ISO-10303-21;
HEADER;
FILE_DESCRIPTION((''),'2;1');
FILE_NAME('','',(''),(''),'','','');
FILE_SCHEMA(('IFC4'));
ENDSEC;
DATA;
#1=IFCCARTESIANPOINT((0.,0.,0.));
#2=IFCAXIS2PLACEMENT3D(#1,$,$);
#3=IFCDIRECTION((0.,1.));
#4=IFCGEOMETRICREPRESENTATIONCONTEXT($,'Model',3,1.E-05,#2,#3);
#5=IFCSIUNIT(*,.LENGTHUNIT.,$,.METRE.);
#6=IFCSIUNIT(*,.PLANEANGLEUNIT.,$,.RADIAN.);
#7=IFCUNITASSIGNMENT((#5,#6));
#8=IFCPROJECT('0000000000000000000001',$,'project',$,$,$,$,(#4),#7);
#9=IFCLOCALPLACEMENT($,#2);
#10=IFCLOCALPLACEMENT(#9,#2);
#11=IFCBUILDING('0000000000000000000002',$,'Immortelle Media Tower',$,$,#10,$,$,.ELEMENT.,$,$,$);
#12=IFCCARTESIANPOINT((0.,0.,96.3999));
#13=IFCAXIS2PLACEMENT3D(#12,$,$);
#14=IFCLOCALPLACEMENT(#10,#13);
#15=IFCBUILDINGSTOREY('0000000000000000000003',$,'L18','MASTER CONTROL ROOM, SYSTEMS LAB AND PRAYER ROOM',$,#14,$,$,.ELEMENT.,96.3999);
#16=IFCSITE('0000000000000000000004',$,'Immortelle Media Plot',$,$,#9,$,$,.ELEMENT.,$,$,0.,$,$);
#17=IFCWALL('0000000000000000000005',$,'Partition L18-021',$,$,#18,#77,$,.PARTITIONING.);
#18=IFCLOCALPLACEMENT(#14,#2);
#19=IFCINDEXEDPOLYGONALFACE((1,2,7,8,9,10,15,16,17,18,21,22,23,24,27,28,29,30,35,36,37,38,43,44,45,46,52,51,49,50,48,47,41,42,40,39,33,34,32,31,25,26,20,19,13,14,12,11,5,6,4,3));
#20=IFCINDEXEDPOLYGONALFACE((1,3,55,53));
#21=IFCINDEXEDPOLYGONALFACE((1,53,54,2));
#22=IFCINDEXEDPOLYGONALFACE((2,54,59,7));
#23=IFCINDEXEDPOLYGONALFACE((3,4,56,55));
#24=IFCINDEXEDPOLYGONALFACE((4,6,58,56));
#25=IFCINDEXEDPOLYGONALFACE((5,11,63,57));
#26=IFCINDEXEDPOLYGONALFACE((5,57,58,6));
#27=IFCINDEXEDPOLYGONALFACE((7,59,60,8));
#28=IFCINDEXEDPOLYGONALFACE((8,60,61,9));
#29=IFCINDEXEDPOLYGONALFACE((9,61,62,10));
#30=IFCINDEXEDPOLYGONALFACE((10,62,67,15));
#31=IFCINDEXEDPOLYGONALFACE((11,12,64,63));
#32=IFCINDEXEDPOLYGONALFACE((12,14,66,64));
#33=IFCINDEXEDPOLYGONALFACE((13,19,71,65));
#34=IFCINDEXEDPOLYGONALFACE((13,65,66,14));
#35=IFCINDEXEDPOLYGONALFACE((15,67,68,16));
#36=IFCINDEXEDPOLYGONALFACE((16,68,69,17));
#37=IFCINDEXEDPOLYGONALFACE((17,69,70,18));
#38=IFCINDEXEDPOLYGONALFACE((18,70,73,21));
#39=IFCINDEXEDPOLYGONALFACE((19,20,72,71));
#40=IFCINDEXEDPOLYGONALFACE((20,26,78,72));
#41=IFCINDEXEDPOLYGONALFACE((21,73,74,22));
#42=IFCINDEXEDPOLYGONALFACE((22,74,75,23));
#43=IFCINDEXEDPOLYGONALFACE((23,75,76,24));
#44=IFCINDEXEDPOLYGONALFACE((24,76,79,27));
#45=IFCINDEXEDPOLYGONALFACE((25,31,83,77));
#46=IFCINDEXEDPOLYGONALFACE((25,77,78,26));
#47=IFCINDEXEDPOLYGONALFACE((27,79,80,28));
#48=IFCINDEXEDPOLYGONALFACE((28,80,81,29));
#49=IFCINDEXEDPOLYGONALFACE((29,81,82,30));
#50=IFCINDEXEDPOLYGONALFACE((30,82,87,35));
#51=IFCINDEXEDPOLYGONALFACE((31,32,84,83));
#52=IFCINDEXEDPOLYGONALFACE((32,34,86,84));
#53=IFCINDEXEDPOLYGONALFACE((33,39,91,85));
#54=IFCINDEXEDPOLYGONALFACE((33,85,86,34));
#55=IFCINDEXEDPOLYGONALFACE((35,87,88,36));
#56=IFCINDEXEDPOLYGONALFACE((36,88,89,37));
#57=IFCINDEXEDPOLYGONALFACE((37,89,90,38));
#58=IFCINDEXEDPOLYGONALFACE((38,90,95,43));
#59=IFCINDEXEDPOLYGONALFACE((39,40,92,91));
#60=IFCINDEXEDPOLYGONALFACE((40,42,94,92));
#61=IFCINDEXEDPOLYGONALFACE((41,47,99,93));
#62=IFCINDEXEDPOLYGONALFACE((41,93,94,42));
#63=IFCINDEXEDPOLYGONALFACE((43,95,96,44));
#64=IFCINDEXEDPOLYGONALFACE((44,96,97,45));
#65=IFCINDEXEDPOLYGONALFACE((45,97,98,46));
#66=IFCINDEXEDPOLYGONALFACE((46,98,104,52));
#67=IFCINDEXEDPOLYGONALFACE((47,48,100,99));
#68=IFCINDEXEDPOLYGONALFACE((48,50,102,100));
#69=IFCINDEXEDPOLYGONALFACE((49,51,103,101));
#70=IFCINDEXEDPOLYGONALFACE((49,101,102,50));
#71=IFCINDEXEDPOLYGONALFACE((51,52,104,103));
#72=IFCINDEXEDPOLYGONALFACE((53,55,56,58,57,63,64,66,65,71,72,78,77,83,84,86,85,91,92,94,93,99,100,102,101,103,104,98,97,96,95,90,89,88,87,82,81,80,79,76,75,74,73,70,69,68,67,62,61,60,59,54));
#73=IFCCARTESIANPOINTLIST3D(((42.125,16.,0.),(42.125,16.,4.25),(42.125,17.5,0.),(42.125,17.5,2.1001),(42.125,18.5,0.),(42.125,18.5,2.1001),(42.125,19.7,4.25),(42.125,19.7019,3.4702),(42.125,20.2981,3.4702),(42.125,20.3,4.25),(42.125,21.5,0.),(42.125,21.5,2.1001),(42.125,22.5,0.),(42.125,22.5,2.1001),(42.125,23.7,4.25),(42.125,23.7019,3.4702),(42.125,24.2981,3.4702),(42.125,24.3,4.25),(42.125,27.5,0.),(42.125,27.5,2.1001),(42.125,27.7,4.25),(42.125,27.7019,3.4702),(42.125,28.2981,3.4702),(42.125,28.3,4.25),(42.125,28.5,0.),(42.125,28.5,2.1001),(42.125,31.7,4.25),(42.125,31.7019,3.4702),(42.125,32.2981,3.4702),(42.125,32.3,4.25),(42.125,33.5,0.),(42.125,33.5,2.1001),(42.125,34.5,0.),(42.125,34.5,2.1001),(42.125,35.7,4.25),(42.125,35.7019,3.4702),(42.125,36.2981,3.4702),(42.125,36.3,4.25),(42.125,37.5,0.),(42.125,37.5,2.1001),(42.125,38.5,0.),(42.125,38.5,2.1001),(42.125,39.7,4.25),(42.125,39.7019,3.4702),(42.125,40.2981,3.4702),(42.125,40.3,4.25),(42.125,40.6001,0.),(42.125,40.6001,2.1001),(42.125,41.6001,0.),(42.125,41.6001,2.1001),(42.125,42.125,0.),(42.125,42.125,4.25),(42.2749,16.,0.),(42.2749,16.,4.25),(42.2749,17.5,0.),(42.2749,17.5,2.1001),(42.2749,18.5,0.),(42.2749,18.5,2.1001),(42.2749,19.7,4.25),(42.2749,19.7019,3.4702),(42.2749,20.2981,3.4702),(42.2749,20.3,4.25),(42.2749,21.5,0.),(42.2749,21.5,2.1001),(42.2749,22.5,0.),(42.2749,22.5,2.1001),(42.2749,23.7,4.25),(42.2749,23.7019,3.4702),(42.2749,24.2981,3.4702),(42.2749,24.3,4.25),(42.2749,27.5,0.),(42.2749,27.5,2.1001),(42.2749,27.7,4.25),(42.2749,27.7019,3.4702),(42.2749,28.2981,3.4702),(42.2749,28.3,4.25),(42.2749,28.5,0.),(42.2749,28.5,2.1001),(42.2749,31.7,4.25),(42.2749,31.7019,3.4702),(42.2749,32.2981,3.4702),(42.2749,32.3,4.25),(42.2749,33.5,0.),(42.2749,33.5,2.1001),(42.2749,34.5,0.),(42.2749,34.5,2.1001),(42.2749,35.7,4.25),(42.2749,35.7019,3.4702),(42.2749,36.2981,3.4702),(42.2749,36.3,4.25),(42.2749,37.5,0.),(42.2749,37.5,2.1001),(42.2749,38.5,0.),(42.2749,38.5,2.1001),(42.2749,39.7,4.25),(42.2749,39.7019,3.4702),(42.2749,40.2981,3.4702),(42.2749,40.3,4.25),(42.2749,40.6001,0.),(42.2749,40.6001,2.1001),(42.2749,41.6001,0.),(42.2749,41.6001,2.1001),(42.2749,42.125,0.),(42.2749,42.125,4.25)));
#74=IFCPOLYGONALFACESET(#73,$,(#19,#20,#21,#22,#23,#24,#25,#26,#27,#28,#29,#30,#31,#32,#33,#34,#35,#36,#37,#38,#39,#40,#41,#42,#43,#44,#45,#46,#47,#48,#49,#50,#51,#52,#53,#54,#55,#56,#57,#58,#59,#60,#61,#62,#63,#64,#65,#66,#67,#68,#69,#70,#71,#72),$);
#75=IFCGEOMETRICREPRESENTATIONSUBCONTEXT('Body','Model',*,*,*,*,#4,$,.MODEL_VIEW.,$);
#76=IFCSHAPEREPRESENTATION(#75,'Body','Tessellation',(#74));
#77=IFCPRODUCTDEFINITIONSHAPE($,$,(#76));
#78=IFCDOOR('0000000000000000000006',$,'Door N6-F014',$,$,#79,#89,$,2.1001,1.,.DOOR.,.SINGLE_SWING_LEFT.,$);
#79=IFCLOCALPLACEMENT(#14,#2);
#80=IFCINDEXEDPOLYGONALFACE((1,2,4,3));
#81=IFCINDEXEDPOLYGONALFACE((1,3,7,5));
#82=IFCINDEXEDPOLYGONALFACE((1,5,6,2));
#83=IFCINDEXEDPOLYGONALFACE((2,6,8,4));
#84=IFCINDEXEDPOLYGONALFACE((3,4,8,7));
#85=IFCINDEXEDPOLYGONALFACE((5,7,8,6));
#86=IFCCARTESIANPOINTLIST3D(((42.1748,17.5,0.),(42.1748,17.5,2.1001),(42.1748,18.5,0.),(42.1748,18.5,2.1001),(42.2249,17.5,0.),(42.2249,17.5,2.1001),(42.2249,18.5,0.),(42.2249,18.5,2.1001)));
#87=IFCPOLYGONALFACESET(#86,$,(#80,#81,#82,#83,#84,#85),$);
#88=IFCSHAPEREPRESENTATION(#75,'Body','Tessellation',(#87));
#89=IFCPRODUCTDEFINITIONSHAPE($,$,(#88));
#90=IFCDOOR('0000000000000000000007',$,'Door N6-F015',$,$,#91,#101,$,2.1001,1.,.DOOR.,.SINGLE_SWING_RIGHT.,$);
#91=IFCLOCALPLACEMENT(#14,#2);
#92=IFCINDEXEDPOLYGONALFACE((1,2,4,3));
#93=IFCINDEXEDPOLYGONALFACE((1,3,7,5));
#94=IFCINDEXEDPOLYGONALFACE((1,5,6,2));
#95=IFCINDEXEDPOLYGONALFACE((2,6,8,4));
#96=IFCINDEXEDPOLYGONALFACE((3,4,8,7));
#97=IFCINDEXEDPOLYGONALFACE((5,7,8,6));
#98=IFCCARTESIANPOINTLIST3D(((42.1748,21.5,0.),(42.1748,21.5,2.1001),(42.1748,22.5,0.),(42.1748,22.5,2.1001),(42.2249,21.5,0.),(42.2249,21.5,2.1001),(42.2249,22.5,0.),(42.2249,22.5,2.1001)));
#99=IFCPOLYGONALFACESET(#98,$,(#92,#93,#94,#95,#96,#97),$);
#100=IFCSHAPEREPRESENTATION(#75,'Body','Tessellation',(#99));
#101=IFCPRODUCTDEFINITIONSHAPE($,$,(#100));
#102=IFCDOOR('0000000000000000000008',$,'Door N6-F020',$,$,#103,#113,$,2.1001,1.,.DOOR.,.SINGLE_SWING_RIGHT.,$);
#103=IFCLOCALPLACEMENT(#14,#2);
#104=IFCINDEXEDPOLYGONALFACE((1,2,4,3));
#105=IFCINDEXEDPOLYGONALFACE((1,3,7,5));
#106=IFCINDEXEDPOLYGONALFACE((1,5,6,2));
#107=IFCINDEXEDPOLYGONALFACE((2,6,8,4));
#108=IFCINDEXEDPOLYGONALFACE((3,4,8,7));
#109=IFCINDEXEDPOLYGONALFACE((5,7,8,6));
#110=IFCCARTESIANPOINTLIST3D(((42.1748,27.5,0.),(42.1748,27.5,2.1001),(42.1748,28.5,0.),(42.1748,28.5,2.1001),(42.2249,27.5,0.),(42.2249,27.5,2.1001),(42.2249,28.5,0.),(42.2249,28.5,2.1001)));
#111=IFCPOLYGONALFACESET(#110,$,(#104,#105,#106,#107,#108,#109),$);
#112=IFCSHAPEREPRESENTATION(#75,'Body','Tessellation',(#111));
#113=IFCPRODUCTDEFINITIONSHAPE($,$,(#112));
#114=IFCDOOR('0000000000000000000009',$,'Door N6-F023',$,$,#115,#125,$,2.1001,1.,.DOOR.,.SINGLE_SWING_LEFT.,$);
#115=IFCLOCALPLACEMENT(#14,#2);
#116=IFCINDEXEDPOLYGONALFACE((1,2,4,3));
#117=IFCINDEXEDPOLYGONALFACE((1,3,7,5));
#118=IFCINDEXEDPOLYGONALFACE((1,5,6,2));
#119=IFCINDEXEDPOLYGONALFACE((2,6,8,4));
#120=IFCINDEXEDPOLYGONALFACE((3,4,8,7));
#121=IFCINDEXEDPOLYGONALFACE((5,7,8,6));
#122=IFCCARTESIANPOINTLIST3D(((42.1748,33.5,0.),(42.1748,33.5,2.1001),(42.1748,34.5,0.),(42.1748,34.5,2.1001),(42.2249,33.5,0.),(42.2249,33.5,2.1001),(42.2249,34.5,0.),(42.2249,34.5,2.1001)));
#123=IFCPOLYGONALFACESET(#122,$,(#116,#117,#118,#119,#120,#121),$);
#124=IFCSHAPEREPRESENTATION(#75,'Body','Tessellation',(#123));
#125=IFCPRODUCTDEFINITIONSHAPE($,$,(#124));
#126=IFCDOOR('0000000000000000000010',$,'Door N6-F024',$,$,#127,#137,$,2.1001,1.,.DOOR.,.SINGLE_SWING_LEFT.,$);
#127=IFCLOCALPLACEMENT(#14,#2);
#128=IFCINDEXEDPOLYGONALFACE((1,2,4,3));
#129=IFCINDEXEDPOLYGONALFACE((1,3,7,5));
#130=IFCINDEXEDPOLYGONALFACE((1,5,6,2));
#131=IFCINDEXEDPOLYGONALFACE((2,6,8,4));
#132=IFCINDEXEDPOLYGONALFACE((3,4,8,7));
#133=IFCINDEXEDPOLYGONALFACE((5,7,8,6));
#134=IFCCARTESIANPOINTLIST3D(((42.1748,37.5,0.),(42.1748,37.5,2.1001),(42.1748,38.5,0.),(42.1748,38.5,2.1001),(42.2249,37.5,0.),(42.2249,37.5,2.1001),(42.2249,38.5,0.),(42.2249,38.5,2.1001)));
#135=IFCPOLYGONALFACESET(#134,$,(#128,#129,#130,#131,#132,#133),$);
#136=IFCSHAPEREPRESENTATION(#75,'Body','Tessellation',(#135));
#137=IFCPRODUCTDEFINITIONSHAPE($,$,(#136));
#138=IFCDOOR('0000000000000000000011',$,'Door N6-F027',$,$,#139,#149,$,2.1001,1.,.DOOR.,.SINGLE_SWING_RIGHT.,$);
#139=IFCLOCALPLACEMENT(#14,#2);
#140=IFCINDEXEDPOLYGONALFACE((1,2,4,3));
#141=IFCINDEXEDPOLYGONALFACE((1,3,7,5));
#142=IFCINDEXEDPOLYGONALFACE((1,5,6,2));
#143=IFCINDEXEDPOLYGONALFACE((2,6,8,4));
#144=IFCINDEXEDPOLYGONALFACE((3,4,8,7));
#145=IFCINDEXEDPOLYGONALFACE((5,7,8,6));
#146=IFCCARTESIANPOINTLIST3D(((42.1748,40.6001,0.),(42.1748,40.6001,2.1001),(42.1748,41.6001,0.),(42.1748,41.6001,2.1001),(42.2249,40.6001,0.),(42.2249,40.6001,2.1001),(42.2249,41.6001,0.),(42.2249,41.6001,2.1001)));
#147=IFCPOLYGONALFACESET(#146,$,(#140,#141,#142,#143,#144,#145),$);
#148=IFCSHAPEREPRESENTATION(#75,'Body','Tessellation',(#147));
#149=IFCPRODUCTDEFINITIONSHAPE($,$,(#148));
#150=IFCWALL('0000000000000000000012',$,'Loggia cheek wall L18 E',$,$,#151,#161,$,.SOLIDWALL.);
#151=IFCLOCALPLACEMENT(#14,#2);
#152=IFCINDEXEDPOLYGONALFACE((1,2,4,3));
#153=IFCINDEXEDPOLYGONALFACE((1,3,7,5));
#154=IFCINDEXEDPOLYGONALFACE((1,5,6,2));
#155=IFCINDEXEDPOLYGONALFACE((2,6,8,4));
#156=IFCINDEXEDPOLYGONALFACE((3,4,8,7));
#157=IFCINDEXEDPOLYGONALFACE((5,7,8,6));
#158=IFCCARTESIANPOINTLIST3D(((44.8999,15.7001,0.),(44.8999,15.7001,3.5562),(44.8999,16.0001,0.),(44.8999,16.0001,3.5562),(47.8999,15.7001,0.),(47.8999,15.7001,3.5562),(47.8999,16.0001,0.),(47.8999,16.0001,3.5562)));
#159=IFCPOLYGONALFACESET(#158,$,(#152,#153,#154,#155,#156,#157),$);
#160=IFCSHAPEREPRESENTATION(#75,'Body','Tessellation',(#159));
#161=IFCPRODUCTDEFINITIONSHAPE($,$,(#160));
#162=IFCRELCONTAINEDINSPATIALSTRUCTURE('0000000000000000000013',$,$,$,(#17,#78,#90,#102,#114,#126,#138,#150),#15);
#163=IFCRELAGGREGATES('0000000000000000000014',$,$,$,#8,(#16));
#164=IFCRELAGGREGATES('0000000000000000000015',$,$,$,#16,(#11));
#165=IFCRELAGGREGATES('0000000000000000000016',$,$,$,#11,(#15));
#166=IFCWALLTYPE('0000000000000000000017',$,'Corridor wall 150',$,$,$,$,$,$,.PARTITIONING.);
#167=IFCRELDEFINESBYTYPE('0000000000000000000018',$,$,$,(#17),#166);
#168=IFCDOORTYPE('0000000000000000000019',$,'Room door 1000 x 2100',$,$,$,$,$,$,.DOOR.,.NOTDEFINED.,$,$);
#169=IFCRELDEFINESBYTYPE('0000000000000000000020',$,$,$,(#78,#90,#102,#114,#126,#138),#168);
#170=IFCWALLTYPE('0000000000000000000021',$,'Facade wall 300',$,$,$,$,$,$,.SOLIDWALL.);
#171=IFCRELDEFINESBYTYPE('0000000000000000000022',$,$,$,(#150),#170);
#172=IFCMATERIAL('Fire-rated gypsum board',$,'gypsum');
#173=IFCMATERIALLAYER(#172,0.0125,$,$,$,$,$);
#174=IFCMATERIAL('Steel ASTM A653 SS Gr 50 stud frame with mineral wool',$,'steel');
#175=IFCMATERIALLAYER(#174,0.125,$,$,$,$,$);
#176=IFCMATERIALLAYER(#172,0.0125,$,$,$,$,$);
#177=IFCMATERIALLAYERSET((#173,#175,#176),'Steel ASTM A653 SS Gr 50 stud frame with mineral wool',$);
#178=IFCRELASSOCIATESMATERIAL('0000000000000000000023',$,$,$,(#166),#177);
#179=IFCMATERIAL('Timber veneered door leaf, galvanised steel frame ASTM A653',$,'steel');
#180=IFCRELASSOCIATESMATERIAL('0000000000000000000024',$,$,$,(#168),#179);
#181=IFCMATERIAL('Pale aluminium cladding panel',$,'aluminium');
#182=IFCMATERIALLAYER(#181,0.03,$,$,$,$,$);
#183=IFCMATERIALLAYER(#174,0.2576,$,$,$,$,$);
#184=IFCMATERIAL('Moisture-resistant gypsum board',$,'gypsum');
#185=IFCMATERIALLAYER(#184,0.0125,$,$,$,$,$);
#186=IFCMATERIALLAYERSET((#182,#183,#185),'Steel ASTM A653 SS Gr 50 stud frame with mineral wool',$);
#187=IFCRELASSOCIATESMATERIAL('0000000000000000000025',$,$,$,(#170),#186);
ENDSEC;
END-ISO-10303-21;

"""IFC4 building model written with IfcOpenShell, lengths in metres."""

from ifc_helpers import new_model, si_unit, direction, frame, frame_2d, origin, place, context, subcontext, project, spatial, polyline, rectangle, outline, extrude, material, layer, layer_set, type_object, element, fill, save


model = new_model("IFC4")

# Units and contexts
model_context = context("Model", 3, precision=1e-05, world=origin(), true_north=direction((0.0, 1.0)))
body_context = subcontext(model_context, "Body", "Model", "MODEL_VIEW")
ifc_project = project(units=[si_unit("LENGTHUNIT", "METRE"), si_unit("PLANEANGLEUNIT", "RADIAN")], contexts=[model_context])

# Site, building, storey
site_placement = place(None, origin())
site = spatial("IfcSite", under=ifc_project, at=site_placement, Name="Immortelle Media Plot", CompositionType="ELEMENT", RefElevation=0.0)
building_placement = place(site_placement, origin())
building = spatial("IfcBuilding", under=site, at=building_placement, Name="Immortelle Media Tower", CompositionType="ELEMENT")
storey_placement = place(building_placement, frame((0.0, 0.0, 96.3999)))
storey = spatial("IfcBuildingStorey", under=building, at=storey_placement, Name="L18", Description="MASTER CONTROL ROOM, SYSTEMS LAB AND PRAYER ROOM", CompositionType="ELEMENT", Elevation=96.3999)

# Wall, openings, doors
ifc_material_1 = material(Name="Fire-rated gypsum board", Category="gypsum")
ifc_layer_1 = layer(ifc_material_1, 0.0125)
ifc_material_2 = material(Name="Steel ASTM A653 SS Gr 50 stud frame with mineral wool", Category="steel")
ifc_layer_2 = layer(ifc_material_2, 0.125)
ifc_layer_3 = layer(ifc_material_1, 0.0125)
ifc_layer_set_1 = layer_set([ifc_layer_1, ifc_layer_2, ifc_layer_3], Name="Steel ASTM A653 SS Gr 50 stud frame with mineral wool")
wall_type_1 = type_object("IfcWallType", Name="Corridor wall 150", PredefinedType="PARTITIONING", material=ifc_layer_set_1)
wall_1_placement = place(storey_placement, frame((42.2, 16.0, 0.0), z_axis=(0.0, 0.0, 1.0), x_axis=(0.0, 1.0, 0.0)))
wall_1 = element("IfcWall", 1, at=wall_1_placement, inside=storey, type_object=wall_type_1, Name="Partition L18-021", PredefinedType="PARTITIONING", context=body_context, shape_type="SweptSolid", body=[
    extrude(outline(polyline([(0.0, 0.0), (26.125, 0.0), (26.125, 4.25), (24.3, 4.25), (24.2981, 3.4702), (23.7019, 3.4702), (23.7, 4.25), (20.3, 4.25), (20.2981, 3.4702), (19.7019, 3.4702), (19.7, 4.25), (16.3, 4.25), (16.2981, 3.4702), (15.7019, 3.4702), (15.7, 4.25), (12.3, 4.25), (12.2981, 3.4702), (11.7019, 3.4702), (11.7, 4.25), (8.3, 4.25), (8.2981, 3.4702), (7.7019, 3.4702), (7.7, 4.25), (4.3, 4.25), (4.2981, 3.4702), (3.7019, 3.4702), (3.7, 4.25), (0.0, 4.25), (0.0, 0.0)])), frame((0.0, 0.075, 0.0), z_axis=(0.0, -1.0, 0.0), x_axis=(1.0, 0.0, 0.0)), (0.0, 0.0, 1.0), 0.1499),
])
opening_1_placement = place(wall_1_placement, frame((2.5, 0.0, 0.0), z_axis=(0.0, 0.0, 1.0), x_axis=(-1.0, 0.0, 0.0)))
opening_1 = element("IfcOpeningElement", 2, at=opening_1_placement, cuts=wall_1, PredefinedType="OPENING", context=body_context, shape_type="SweptSolid", body=[
    extrude(rectangle(XDim=1.0, YDim=2.1001, at=frame_2d((0.5, 1.05))), frame((0.0, 0.085, 0.0), z_axis=(0.0, -1.0, 0.0), x_axis=(1.0, 0.0, 0.0)), (0.0, 0.0, 1.0), 0.1699),
])
opening_2_placement = place(wall_1_placement, frame((6.5, 0.0, 0.0), z_axis=(0.0, 0.0, 1.0), x_axis=(-1.0, 0.0, 0.0)))
opening_2 = element("IfcOpeningElement", 3, at=opening_2_placement, cuts=wall_1, PredefinedType="OPENING", context=body_context, shape_type="SweptSolid", body=[
    extrude(rectangle(XDim=1.0, YDim=2.1001, at=frame_2d((0.5, 1.05))), frame((0.0, 0.085, 0.0), z_axis=(0.0, -1.0, 0.0), x_axis=(1.0, 0.0, 0.0)), (0.0, 0.0, 1.0), 0.1699),
])
opening_3_placement = place(wall_1_placement, frame((12.5, 0.0, 0.0), z_axis=(0.0, 0.0, 1.0), x_axis=(-1.0, 0.0, 0.0)))
opening_3 = element("IfcOpeningElement", 4, at=opening_3_placement, cuts=wall_1, PredefinedType="OPENING", context=body_context, shape_type="SweptSolid", body=[
    extrude(rectangle(XDim=1.0, YDim=2.1001, at=frame_2d((0.5, 1.05))), frame((0.0, 0.085, 0.0), z_axis=(0.0, -1.0, 0.0), x_axis=(1.0, 0.0, 0.0)), (0.0, 0.0, 1.0), 0.1699),
])
opening_4_placement = place(wall_1_placement, frame((18.5, 0.0, 0.0), z_axis=(0.0, 0.0, 1.0), x_axis=(-1.0, 0.0, 0.0)))
opening_4 = element("IfcOpeningElement", 5, at=opening_4_placement, cuts=wall_1, PredefinedType="OPENING", context=body_context, shape_type="SweptSolid", body=[
    extrude(rectangle(XDim=1.0, YDim=2.1001, at=frame_2d((0.5, 1.05))), frame((0.0, 0.085, 0.0), z_axis=(0.0, -1.0, 0.0), x_axis=(1.0, 0.0, 0.0)), (0.0, 0.0, 1.0), 0.1699),
])
opening_5_placement = place(wall_1_placement, frame((22.5, 0.0, 0.0), z_axis=(0.0, 0.0, 1.0), x_axis=(-1.0, 0.0, 0.0)))
opening_5 = element("IfcOpeningElement", 6, at=opening_5_placement, cuts=wall_1, PredefinedType="OPENING", context=body_context, shape_type="SweptSolid", body=[
    extrude(rectangle(XDim=1.0, YDim=2.1001, at=frame_2d((0.5, 1.05))), frame((0.0, 0.085, 0.0), z_axis=(0.0, -1.0, 0.0), x_axis=(1.0, 0.0, 0.0)), (0.0, 0.0, 1.0), 0.1699),
])
opening_6_placement = place(wall_1_placement, frame((25.6001, 0.0, 0.0), z_axis=(0.0, 0.0, 1.0), x_axis=(-1.0, 0.0, 0.0)))
opening_6 = element("IfcOpeningElement", 7, at=opening_6_placement, cuts=wall_1, PredefinedType="OPENING", context=body_context, shape_type="SweptSolid", body=[
    extrude(rectangle(XDim=1.0, YDim=2.1001, at=frame_2d((0.5, 1.05))), frame((0.0, 0.085, 0.0), z_axis=(0.0, -1.0, 0.0), x_axis=(1.0, 0.0, 0.0)), (0.0, 0.0, 1.0), 0.1699),
])
ifc_material_3 = material(Name="Timber veneered door leaf, galvanised steel frame ASTM A653", Category="steel")
door_type = type_object("IfcDoorType", Name="Room door 1000 x 2100", OperationType="NOTDEFINED", PredefinedType="DOOR", material=ifc_material_3)
door_1_placement = place(opening_1_placement, origin())
door_1 = element("IfcDoor", 8, at=door_1_placement, inside=storey, type_object=door_type, Name="Door N6-F014", OperationType="SINGLE_SWING_LEFT", OverallHeight=2.1001, OverallWidth=1.0, PredefinedType="DOOR", context=body_context, shape_type="SweptSolid", body=[
    extrude(rectangle(XDim=1.0, YDim=2.1001, at=frame_2d((0.5, 1.05))), frame((0.0, 0.0249, 0.0), z_axis=(0.0, -1.0, 0.0), x_axis=(1.0, 0.0, 0.0)), (0.0, 0.0, 1.0), 0.05),
])
fill(opening_1, door_1)
door_2_placement = place(opening_2_placement, origin())
door_2 = element("IfcDoor", 9, at=door_2_placement, inside=storey, type_object=door_type, Name="Door N6-F015", OperationType="SINGLE_SWING_RIGHT", OverallHeight=2.1001, OverallWidth=1.0, PredefinedType="DOOR", context=body_context, shape_type="SweptSolid", body=[
    extrude(rectangle(XDim=1.0, YDim=2.1001, at=frame_2d((0.5, 1.05))), frame((0.0, 0.0249, 0.0), z_axis=(0.0, -1.0, 0.0), x_axis=(1.0, 0.0, 0.0)), (0.0, 0.0, 1.0), 0.05),
])
fill(opening_2, door_2)
door_3_placement = place(opening_3_placement, origin())
door_3 = element("IfcDoor", 10, at=door_3_placement, inside=storey, type_object=door_type, Name="Door N6-F020", OperationType="SINGLE_SWING_RIGHT", OverallHeight=2.1001, OverallWidth=1.0, PredefinedType="DOOR", context=body_context, shape_type="SweptSolid", body=[
    extrude(rectangle(XDim=1.0, YDim=2.1001, at=frame_2d((0.5, 1.05))), frame((0.0, 0.0249, 0.0), z_axis=(0.0, -1.0, 0.0), x_axis=(1.0, 0.0, 0.0)), (0.0, 0.0, 1.0), 0.05),
])
fill(opening_3, door_3)
door_4_placement = place(opening_4_placement, origin())
door_4 = element("IfcDoor", 11, at=door_4_placement, inside=storey, type_object=door_type, Name="Door N6-F023", OperationType="SINGLE_SWING_LEFT", OverallHeight=2.1001, OverallWidth=1.0, PredefinedType="DOOR", context=body_context, shape_type="SweptSolid", body=[
    extrude(rectangle(XDim=1.0, YDim=2.1001, at=frame_2d((0.5, 1.05))), frame((0.0, 0.0249, 0.0), z_axis=(0.0, -1.0, 0.0), x_axis=(1.0, 0.0, 0.0)), (0.0, 0.0, 1.0), 0.05),
])
fill(opening_4, door_4)
door_5_placement = place(opening_5_placement, origin())
door_5 = element("IfcDoor", 12, at=door_5_placement, inside=storey, type_object=door_type, Name="Door N6-F024", OperationType="SINGLE_SWING_LEFT", OverallHeight=2.1001, OverallWidth=1.0, PredefinedType="DOOR", context=body_context, shape_type="SweptSolid", body=[
    extrude(rectangle(XDim=1.0, YDim=2.1001, at=frame_2d((0.5, 1.05))), frame((0.0, 0.0249, 0.0), z_axis=(0.0, -1.0, 0.0), x_axis=(1.0, 0.0, 0.0)), (0.0, 0.0, 1.0), 0.05),
])
fill(opening_5, door_5)
door_6_placement = place(opening_6_placement, origin())
door_6 = element("IfcDoor", 13, at=door_6_placement, inside=storey, type_object=door_type, Name="Door N6-F027", OperationType="SINGLE_SWING_RIGHT", OverallHeight=2.1001, OverallWidth=1.0, PredefinedType="DOOR", context=body_context, shape_type="SweptSolid", body=[
    extrude(rectangle(XDim=1.0, YDim=2.1001, at=frame_2d((0.5, 1.05))), frame((0.0, 0.0249, 0.0), z_axis=(0.0, -1.0, 0.0), x_axis=(1.0, 0.0, 0.0)), (0.0, 0.0, 1.0), 0.05),
])
fill(opening_6, door_6)

# Wall
ifc_material_4 = material(Name="Pale aluminium cladding panel", Category="aluminium")
ifc_layer_4 = layer(ifc_material_4, 0.03)
ifc_layer_5 = layer(ifc_material_2, 0.2576)
ifc_material_5 = material(Name="Moisture-resistant gypsum board", Category="gypsum")
ifc_layer_6 = layer(ifc_material_5, 0.0125)
ifc_layer_set_2 = layer_set([ifc_layer_4, ifc_layer_5, ifc_layer_6], Name="Steel ASTM A653 SS Gr 50 stud frame with mineral wool")
wall_type_2 = type_object("IfcWallType", Name="Facade wall 300", PredefinedType="SOLIDWALL", material=ifc_layer_set_2)
wall_2_placement = place(storey_placement, frame((47.8999, 15.8501, 0.0), z_axis=(0.0, 0.0, 1.0), x_axis=(-1.0, 0.0, 0.0)))
element("IfcWall", 14, at=wall_2_placement, inside=storey, type_object=wall_type_2, Name="Loggia cheek wall L18 E", PredefinedType="SOLIDWALL", context=body_context, shape_type="SweptSolid", body=[
    extrude(rectangle(XDim=3.0, YDim=0.3, at=frame_2d((1.5, 0.0))), origin(), (0.0, 0.0, 1.0), 3.5562),
])

save(model, "model.ifc")
